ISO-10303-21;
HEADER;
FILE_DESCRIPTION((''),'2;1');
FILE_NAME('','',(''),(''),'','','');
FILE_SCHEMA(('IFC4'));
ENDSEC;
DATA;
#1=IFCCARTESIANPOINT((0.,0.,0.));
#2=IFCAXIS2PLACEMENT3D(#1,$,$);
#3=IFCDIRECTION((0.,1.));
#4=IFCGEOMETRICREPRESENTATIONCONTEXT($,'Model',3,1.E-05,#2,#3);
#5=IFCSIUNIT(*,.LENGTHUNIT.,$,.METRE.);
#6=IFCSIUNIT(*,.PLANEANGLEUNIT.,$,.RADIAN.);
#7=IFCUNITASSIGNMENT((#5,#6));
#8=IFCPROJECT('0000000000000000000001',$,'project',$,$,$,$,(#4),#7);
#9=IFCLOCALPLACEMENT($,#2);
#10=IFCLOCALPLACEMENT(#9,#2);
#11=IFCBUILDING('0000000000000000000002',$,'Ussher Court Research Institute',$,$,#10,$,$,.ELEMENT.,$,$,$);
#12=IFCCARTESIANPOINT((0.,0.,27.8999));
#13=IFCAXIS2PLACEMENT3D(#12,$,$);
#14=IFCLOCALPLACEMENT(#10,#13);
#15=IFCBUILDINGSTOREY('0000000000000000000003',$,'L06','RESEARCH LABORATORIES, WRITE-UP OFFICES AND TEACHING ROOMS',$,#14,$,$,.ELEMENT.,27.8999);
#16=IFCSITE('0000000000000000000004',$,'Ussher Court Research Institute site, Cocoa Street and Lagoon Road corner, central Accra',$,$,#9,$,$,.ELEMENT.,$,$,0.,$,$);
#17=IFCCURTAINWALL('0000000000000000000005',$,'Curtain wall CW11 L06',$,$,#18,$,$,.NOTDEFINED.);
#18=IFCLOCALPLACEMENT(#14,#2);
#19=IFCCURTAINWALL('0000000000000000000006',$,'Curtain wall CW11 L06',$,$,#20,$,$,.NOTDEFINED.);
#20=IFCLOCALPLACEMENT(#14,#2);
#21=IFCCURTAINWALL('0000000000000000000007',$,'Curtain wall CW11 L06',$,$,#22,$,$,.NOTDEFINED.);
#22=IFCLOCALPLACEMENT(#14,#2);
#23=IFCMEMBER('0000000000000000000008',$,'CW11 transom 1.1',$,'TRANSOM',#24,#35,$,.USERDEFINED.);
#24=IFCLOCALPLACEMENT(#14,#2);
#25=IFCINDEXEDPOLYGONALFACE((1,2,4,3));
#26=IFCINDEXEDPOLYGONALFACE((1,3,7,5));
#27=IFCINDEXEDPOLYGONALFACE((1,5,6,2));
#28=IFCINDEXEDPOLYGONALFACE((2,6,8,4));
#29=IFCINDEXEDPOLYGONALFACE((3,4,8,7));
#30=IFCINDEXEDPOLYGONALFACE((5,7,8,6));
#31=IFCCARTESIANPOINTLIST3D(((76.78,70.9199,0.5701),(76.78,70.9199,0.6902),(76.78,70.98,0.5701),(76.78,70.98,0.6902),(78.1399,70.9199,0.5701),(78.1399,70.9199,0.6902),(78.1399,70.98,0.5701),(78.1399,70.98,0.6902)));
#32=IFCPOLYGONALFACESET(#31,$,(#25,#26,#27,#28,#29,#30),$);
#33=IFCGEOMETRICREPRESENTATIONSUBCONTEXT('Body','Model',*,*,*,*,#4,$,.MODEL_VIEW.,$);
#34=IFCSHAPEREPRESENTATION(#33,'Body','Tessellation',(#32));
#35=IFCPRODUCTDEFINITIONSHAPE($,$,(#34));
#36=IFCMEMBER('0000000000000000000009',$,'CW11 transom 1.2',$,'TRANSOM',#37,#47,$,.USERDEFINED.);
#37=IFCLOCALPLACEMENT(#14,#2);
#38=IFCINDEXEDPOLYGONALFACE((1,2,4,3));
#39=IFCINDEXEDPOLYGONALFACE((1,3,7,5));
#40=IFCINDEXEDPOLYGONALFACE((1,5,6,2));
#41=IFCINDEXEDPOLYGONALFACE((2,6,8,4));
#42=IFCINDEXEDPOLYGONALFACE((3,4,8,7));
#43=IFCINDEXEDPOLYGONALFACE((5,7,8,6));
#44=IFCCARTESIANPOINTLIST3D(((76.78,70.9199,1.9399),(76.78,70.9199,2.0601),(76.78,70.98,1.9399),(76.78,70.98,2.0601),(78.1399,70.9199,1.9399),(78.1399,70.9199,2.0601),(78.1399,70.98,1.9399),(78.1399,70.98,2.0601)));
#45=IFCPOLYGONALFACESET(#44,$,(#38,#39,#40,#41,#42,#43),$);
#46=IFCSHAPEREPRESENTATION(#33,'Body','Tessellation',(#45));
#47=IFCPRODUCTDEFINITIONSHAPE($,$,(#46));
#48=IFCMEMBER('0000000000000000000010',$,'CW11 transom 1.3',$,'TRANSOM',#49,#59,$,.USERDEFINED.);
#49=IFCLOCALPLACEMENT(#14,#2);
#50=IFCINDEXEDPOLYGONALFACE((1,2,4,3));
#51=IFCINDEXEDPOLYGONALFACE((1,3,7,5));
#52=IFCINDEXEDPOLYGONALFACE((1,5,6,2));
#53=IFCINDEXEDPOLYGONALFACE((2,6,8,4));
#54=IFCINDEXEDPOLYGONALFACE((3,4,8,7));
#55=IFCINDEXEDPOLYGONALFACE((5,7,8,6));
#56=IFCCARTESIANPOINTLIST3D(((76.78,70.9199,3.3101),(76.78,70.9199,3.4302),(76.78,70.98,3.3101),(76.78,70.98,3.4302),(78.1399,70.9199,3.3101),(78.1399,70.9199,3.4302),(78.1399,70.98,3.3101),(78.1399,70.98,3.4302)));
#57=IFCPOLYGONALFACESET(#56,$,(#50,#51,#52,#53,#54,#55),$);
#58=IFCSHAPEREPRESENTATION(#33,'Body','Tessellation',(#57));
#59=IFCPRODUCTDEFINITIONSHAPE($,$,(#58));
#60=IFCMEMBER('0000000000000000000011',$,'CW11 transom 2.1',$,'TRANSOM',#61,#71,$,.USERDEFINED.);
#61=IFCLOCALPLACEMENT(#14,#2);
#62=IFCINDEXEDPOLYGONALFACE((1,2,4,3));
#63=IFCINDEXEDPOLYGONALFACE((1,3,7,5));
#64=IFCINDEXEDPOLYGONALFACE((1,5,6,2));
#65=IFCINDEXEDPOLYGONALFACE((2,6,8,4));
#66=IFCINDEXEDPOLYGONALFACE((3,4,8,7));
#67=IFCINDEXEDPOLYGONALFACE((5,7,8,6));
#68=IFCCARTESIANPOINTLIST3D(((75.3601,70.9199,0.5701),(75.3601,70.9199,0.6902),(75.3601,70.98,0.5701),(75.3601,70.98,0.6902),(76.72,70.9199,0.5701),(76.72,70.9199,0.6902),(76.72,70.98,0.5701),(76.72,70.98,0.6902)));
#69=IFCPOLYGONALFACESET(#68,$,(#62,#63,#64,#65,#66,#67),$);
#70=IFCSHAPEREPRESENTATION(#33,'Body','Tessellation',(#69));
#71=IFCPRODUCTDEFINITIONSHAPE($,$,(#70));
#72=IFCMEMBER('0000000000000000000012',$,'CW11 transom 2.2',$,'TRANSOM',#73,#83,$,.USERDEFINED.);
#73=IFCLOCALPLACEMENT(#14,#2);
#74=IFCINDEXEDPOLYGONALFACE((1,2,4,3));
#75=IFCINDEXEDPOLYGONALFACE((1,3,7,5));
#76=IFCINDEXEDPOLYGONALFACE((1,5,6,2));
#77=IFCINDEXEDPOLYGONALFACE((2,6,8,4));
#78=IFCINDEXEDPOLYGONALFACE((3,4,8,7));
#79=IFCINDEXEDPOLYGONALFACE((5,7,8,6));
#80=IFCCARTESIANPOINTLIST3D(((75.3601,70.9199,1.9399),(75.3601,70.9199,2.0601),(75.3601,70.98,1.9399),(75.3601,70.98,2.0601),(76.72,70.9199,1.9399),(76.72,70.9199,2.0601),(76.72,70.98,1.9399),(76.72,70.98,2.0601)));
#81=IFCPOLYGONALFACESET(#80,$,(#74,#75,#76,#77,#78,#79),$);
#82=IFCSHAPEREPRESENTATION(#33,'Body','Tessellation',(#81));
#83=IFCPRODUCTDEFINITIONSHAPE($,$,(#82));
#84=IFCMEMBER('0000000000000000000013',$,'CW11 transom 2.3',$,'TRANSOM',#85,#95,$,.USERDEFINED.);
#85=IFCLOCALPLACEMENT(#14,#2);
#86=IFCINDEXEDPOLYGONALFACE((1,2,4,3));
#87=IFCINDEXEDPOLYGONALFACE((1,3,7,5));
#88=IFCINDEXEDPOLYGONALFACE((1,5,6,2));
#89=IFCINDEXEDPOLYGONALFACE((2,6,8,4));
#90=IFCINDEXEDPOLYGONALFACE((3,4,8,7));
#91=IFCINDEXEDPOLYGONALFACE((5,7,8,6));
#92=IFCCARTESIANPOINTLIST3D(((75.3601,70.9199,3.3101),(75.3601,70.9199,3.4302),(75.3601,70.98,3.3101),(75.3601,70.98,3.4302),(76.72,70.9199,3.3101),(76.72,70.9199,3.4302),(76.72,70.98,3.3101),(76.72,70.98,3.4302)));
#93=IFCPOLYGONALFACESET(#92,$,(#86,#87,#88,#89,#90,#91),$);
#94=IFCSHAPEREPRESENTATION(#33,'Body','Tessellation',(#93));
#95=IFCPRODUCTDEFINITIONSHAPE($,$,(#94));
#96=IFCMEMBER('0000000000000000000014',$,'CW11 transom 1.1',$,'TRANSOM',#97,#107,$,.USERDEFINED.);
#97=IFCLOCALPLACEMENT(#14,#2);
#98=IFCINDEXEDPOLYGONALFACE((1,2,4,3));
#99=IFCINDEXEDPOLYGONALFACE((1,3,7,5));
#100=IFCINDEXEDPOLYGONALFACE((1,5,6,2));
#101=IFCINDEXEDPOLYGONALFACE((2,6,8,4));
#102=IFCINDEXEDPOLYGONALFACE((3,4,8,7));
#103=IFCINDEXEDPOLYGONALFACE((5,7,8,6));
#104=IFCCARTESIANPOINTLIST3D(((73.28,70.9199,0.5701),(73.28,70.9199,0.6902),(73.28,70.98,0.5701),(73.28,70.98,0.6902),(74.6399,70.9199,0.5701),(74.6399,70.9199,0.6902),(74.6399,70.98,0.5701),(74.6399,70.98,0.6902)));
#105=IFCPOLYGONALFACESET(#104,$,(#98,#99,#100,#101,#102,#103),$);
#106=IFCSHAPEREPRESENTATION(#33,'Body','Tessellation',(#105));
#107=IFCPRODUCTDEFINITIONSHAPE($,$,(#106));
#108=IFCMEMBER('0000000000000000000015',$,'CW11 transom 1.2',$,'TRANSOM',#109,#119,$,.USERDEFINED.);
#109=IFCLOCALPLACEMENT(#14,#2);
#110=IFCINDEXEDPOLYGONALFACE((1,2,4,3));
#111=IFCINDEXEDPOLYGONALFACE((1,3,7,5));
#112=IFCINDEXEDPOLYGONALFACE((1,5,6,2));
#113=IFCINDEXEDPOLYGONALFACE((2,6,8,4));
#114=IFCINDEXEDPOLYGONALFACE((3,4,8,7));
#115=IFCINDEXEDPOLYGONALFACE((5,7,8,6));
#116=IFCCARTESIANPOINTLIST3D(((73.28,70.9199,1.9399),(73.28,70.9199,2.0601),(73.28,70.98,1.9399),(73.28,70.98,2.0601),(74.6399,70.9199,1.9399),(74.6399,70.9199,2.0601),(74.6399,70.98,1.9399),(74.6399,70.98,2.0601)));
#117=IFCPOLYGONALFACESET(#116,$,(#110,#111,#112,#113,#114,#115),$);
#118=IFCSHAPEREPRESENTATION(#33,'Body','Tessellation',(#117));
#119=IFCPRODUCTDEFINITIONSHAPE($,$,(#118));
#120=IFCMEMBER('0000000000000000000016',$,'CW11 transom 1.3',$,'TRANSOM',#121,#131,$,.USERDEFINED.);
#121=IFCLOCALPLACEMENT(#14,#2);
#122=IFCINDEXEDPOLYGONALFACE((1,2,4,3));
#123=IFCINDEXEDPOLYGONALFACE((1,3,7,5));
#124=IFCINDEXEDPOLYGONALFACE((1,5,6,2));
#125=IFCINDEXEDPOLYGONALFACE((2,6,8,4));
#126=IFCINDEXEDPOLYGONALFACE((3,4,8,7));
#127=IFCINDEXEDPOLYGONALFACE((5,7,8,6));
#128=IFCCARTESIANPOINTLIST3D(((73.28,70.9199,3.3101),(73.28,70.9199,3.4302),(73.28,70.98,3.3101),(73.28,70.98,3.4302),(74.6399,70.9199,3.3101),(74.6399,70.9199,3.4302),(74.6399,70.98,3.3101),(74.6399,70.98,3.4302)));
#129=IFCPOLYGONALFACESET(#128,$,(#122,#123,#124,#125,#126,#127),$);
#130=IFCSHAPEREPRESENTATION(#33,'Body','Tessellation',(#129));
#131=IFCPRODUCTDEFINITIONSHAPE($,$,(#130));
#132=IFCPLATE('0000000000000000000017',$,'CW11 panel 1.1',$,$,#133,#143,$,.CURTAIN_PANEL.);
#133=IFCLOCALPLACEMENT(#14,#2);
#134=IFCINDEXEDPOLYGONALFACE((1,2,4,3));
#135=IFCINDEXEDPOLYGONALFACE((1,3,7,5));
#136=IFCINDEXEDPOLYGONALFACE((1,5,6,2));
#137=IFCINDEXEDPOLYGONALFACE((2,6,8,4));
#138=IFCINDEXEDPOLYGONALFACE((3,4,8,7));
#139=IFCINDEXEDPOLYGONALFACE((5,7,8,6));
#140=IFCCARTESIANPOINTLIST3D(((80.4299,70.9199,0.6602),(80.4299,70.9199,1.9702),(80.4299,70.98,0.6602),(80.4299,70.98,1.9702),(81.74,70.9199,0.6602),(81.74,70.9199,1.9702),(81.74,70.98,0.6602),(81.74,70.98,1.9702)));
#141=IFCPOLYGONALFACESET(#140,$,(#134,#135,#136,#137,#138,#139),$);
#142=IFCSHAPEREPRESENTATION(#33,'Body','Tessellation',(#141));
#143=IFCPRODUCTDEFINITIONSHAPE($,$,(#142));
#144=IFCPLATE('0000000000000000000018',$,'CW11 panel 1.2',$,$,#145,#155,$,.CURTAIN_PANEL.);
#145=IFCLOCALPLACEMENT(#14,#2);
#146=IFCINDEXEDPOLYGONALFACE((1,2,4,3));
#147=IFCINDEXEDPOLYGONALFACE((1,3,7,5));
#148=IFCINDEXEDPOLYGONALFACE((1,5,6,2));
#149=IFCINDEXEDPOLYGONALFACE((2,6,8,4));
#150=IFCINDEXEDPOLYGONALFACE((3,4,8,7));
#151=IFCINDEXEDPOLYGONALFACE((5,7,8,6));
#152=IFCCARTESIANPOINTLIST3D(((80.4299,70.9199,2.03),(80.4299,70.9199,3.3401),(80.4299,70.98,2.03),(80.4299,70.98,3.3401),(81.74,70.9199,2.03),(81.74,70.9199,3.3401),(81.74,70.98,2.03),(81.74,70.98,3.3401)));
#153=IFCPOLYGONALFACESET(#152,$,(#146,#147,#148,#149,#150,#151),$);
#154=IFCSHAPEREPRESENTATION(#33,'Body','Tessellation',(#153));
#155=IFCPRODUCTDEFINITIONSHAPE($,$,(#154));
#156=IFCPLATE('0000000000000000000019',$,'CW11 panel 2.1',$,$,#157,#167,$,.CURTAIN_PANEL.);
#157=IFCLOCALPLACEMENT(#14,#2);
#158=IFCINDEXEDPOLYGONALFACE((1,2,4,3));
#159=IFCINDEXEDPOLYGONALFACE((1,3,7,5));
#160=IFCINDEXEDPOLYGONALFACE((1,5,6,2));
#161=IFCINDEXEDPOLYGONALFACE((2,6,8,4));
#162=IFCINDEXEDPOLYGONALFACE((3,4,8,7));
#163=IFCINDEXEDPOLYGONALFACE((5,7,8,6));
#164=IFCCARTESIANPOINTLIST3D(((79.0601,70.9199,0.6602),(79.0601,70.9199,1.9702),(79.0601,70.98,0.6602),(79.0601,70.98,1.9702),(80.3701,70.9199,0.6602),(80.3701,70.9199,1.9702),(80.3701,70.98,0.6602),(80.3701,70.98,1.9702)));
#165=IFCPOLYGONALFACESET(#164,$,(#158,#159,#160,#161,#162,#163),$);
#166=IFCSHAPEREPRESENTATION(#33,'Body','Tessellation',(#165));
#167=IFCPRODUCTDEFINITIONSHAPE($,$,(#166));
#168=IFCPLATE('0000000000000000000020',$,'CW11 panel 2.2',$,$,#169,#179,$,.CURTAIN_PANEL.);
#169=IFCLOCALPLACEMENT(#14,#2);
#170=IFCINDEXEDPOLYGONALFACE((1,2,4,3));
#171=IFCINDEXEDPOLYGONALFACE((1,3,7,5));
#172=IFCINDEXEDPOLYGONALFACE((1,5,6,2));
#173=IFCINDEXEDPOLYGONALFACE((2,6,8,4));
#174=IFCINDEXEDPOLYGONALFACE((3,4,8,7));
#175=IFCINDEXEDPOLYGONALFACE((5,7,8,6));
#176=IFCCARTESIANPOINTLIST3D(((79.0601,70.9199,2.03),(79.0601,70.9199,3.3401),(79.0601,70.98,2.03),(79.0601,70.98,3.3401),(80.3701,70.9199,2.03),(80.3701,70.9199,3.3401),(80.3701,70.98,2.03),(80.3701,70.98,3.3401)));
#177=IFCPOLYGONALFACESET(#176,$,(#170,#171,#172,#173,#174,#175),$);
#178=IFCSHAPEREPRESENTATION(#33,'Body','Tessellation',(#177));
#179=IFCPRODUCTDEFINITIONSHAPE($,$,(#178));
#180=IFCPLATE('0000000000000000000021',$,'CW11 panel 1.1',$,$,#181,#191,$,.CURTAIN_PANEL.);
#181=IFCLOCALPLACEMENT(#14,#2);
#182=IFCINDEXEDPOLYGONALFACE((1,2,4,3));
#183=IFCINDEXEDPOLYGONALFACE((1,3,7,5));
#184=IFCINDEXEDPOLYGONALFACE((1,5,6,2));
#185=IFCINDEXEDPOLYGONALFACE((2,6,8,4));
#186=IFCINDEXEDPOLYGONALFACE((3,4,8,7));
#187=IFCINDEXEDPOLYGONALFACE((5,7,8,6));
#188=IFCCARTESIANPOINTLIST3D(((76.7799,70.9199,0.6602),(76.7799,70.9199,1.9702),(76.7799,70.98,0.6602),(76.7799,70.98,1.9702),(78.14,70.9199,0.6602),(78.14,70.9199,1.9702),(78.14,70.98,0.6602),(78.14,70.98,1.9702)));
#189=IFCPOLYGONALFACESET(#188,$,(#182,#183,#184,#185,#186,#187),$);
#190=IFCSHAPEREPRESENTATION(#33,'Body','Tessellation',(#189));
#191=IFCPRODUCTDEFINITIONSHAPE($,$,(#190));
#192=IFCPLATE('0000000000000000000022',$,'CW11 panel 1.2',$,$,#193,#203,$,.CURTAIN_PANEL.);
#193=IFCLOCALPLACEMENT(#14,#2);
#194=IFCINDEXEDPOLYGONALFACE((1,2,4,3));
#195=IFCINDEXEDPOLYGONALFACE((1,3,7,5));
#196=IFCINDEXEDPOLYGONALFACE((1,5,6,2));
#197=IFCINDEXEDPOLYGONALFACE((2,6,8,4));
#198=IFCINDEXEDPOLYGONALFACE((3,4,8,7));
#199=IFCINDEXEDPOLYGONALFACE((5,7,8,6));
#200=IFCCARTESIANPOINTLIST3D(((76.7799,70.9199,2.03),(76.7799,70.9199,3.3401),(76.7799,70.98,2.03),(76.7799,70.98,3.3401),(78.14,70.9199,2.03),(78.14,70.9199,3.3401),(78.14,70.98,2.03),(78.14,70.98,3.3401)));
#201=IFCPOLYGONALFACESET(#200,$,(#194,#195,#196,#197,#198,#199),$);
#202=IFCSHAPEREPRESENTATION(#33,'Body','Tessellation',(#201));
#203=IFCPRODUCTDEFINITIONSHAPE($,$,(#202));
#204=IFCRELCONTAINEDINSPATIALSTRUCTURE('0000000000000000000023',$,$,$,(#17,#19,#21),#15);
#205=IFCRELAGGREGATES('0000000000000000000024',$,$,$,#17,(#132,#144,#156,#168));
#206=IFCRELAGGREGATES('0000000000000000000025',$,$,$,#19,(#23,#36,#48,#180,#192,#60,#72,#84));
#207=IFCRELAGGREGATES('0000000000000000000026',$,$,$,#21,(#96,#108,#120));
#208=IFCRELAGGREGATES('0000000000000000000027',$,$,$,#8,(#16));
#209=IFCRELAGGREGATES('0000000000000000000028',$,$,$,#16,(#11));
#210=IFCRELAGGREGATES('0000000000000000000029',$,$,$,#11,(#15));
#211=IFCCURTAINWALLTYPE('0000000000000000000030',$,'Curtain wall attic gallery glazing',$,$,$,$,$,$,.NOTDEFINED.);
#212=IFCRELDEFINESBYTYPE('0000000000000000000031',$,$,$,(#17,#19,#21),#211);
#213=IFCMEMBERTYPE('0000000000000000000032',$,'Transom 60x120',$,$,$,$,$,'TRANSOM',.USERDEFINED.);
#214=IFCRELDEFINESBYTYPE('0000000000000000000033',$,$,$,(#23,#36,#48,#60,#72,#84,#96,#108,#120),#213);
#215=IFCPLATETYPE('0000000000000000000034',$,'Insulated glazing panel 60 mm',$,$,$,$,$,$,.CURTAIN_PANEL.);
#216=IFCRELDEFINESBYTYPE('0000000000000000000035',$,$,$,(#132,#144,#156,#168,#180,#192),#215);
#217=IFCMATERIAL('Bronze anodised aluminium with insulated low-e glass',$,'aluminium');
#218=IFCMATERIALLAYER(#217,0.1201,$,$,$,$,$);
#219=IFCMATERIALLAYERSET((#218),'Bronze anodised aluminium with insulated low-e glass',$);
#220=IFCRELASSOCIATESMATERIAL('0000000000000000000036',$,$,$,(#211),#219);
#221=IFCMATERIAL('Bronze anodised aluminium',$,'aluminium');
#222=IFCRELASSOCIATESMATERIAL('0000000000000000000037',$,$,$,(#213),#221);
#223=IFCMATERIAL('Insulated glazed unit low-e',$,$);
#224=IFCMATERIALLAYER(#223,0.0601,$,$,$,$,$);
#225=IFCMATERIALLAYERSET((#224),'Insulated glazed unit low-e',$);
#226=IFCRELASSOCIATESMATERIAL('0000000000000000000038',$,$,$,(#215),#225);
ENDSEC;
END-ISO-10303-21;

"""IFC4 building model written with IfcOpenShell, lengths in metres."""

from ifc_helpers import new_model, si_unit, direction, frame, origin, origin_2d, place, context, subcontext, project, spatial, rectangle, extrude, material, layer, layer_set, material_profile, profile_set, type_object, element, aggregate, save


model = new_model("IFC4")

# Units and contexts
model_context = context("Model", 3, precision=1e-05, world=origin(), true_north=direction((0.0, 1.0)))
body_context = subcontext(model_context, "Body", "Model", "MODEL_VIEW")
ifc_project = project(units=[si_unit("LENGTHUNIT", "METRE"), si_unit("PLANEANGLEUNIT", "RADIAN")], contexts=[model_context])

# Site, building, storey
site_placement = place(None, origin())
site = spatial("IfcSite", under=ifc_project, at=site_placement, Name="Ussher Court Research Institute site, Cocoa Street and Lagoon Road corner, central Accra", CompositionType="ELEMENT", RefElevation=0.0)
building_placement = place(site_placement, origin())
building = spatial("IfcBuilding", under=site, at=building_placement, Name="Ussher Court Research Institute", CompositionType="ELEMENT")
storey_placement = place(building_placement, frame((0.0, 0.0, 27.8999)))
storey = spatial("IfcBuildingStorey", under=building, at=storey_placement, Name="L06", Description="RESEARCH LABORATORIES, WRITE-UP OFFICES AND TEACHING ROOMS", CompositionType="ELEMENT", Elevation=27.8999)

# Curtain walls
ifc_material_1 = material(Name="Bronze anodised aluminium with insulated low-e glass", Category="aluminium")
ifc_layer_1 = layer(ifc_material_1, 0.1201)
ifc_layer_set_1 = layer_set([ifc_layer_1], Name="Bronze anodised aluminium with insulated low-e glass")
curtain_wall_type = type_object("IfcCurtainWallType", Name="Curtain wall attic gallery glazing", PredefinedType="NOTDEFINED", material=ifc_layer_set_1)
curtain_wall_1_placement = place(storey_placement, origin())
curtain_wall_1 = element("IfcCurtainWall", 1, at=curtain_wall_1_placement, inside=storey, type_object=curtain_wall_type, Name="Curtain wall CW11 L06", PredefinedType="NOTDEFINED")
curtain_wall_2_placement = place(storey_placement, origin())
curtain_wall_2 = element("IfcCurtainWall", 2, at=curtain_wall_2_placement, inside=storey, type_object=curtain_wall_type, Name="Curtain wall CW11 L06", PredefinedType="NOTDEFINED")

# Curtain wall
curtain_wall_3_placement = place(storey_placement, origin())
curtain_wall_3 = element("IfcCurtainWall", 3, at=curtain_wall_3_placement, inside=storey, type_object=curtain_wall_type, Name="Curtain wall CW11 L06", PredefinedType="NOTDEFINED")

# Members
ifc_material_2 = material(Name="Bronze anodised aluminium", Category="aluminium")
ifc_material_profile_1 = material_profile(ifc_material_2, rectangle(XDim=0.0601, YDim=0.1201, at=origin_2d()), Name="Transom 60x120")
ifc_profile_set_1 = profile_set([ifc_material_profile_1], Name="Bronze anodised aluminium")
member_type_1 = type_object("IfcMemberType", Name="Transom 60x120", ElementType="TRANSOM", PredefinedType="USERDEFINED", material=ifc_profile_set_1)
member_1_placement = place(storey_placement, frame((78.1399, 70.95, 0.6301), z_axis=(-1.0, 0.0, 0.0), x_axis=(0.0, -1.0, 0.0)))
member_1 = element("IfcMember", 4, at=member_1_placement, type_object=member_type_1, Name="CW11 transom 1.1", ObjectType="TRANSOM", PredefinedType="USERDEFINED", context=body_context, shape_type="SweptSolid", body=[
    extrude(rectangle(XDim=0.0601, YDim=0.1201, at=origin_2d()), origin(), (0.0, 0.0, 1.0), 1.3599),
])
member_2_placement = place(storey_placement, frame((78.1399, 70.95, 2.0), z_axis=(-1.0, 0.0, 0.0), x_axis=(0.0, -1.0, 0.0)))
member_2 = element("IfcMember", 5, at=member_2_placement, type_object=member_type_1, Name="CW11 transom 1.2", ObjectType="TRANSOM", PredefinedType="USERDEFINED", context=body_context, shape_type="SweptSolid", body=[
    extrude(rectangle(XDim=0.0601, YDim=0.1201, at=origin_2d()), origin(), (0.0, 0.0, 1.0), 1.3599),
])
member_3_placement = place(storey_placement, frame((78.1399, 70.95, 3.3701), z_axis=(-1.0, 0.0, 0.0), x_axis=(0.0, -1.0, 0.0)))
member_3 = element("IfcMember", 6, at=member_3_placement, type_object=member_type_1, Name="CW11 transom 1.3", ObjectType="TRANSOM", PredefinedType="USERDEFINED", context=body_context, shape_type="SweptSolid", body=[
    extrude(rectangle(XDim=0.0601, YDim=0.1201, at=origin_2d()), origin(), (0.0, 0.0, 1.0), 1.3599),
])
member_4_placement = place(storey_placement, frame((76.72, 70.95, 0.6301), z_axis=(-1.0, 0.0, 0.0), x_axis=(0.0, -1.0, 0.0)))
member_4 = element("IfcMember", 7, at=member_4_placement, type_object=member_type_1, Name="CW11 transom 2.1", ObjectType="TRANSOM", PredefinedType="USERDEFINED", context=body_context, shape_type="SweptSolid", body=[
    extrude(rectangle(XDim=0.0601, YDim=0.1201, at=origin_2d()), origin(), (0.0, 0.0, 1.0), 1.3599),
])
member_5_placement = place(storey_placement, frame((76.72, 70.95, 2.0), z_axis=(-1.0, 0.0, 0.0), x_axis=(0.0, -1.0, 0.0)))
member_5 = element("IfcMember", 8, at=member_5_placement, type_object=member_type_1, Name="CW11 transom 2.2", ObjectType="TRANSOM", PredefinedType="USERDEFINED", context=body_context, shape_type="SweptSolid", body=[
    extrude(rectangle(XDim=0.0601, YDim=0.1201, at=origin_2d()), origin(), (0.0, 0.0, 1.0), 1.3599),
])
member_6_placement = place(storey_placement, frame((76.72, 70.95, 3.3701), z_axis=(-1.0, 0.0, 0.0), x_axis=(0.0, -1.0, 0.0)))
member_6 = element("IfcMember", 9, at=member_6_placement, type_object=member_type_1, Name="CW11 transom 2.3", ObjectType="TRANSOM", PredefinedType="USERDEFINED", context=body_context, shape_type="SweptSolid", body=[
    extrude(rectangle(XDim=0.0601, YDim=0.1201, at=origin_2d()), origin(), (0.0, 0.0, 1.0), 1.3599),
])
member_7_placement = place(storey_placement, frame((74.6399, 70.95, 0.6301), z_axis=(-1.0, 0.0, 0.0), x_axis=(0.0, -1.0, 0.0)))
member_7 = element("IfcMember", 10, at=member_7_placement, type_object=member_type_1, Name="CW11 transom 1.1", ObjectType="TRANSOM", PredefinedType="USERDEFINED", context=body_context, shape_type="SweptSolid", body=[
    extrude(rectangle(XDim=0.0601, YDim=0.1201, at=origin_2d()), origin(), (0.0, 0.0, 1.0), 1.3599),
])
member_8_placement = place(storey_placement, frame((74.6399, 70.95, 2.0), z_axis=(-1.0, 0.0, 0.0), x_axis=(0.0, -1.0, 0.0)))
member_8 = element("IfcMember", 11, at=member_8_placement, type_object=member_type_1, Name="CW11 transom 1.2", ObjectType="TRANSOM", PredefinedType="USERDEFINED", context=body_context, shape_type="SweptSolid", body=[
    extrude(rectangle(XDim=0.0601, YDim=0.1201, at=origin_2d()), origin(), (0.0, 0.0, 1.0), 1.3599),
])
member_9_placement = place(storey_placement, frame((74.6399, 70.95, 3.3701), z_axis=(-1.0, 0.0, 0.0), x_axis=(0.0, -1.0, 0.0)))
member_9 = element("IfcMember", 12, at=member_9_placement, type_object=member_type_1, Name="CW11 transom 1.3", ObjectType="TRANSOM", PredefinedType="USERDEFINED", context=body_context, shape_type="SweptSolid", body=[
    extrude(rectangle(XDim=0.0601, YDim=0.1201, at=origin_2d()), origin(), (0.0, 0.0, 1.0), 1.3599),
])

# Plates
ifc_material_3 = material(Name="Insulated glazed unit low-e")
ifc_layer_2 = layer(ifc_material_3, 0.0601)
ifc_layer_set_2 = layer_set([ifc_layer_2], Name="Insulated glazed unit low-e")
plate_type = type_object("IfcPlateType", Name="Insulated glazing panel 60 mm", PredefinedType="CURTAIN_PANEL", material=ifc_layer_set_2)
plate_1_placement = place(storey_placement, frame((81.085, 70.95, 0.6602), z_axis=(0.0, 0.0, 1.0), x_axis=(-1.0, 0.0, 0.0)))
plate_1 = element("IfcPlate", 13, at=plate_1_placement, type_object=plate_type, Name="CW11 panel 1.1", PredefinedType="CURTAIN_PANEL", context=body_context, shape_type="SweptSolid", body=[
    extrude(rectangle(XDim=1.3101, YDim=0.0601, at=origin_2d()), origin(), (0.0, 0.0, 1.0), 1.3101),
])
plate_2_placement = place(storey_placement, frame((81.085, 70.95, 2.03), z_axis=(0.0, 0.0, 1.0), x_axis=(-1.0, 0.0, 0.0)))
plate_2 = element("IfcPlate", 14, at=plate_2_placement, type_object=plate_type, Name="CW11 panel 1.2", PredefinedType="CURTAIN_PANEL", context=body_context, shape_type="SweptSolid", body=[
    extrude(rectangle(XDim=1.3101, YDim=0.0601, at=origin_2d()), origin(), (0.0, 0.0, 1.0), 1.3101),
])
plate_3_placement = place(storey_placement, frame((79.7151, 70.95, 0.6602), z_axis=(0.0, 0.0, 1.0), x_axis=(-1.0, 0.0, 0.0)))
plate_3 = element("IfcPlate", 15, at=plate_3_placement, type_object=plate_type, Name="CW11 panel 2.1", PredefinedType="CURTAIN_PANEL", context=body_context, shape_type="SweptSolid", body=[
    extrude(rectangle(XDim=1.3101, YDim=0.0601, at=origin_2d()), origin(), (0.0, 0.0, 1.0), 1.3101),
])
plate_4_placement = place(storey_placement, frame((79.7151, 70.95, 2.03), z_axis=(0.0, 0.0, 1.0), x_axis=(-1.0, 0.0, 0.0)))
plate_4 = element("IfcPlate", 16, at=plate_4_placement, type_object=plate_type, Name="CW11 panel 2.2", PredefinedType="CURTAIN_PANEL", context=body_context, shape_type="SweptSolid", body=[
    extrude(rectangle(XDim=1.3101, YDim=0.0601, at=origin_2d()), origin(), (0.0, 0.0, 1.0), 1.3101),
])
aggregate(curtain_wall_1, [plate_1, plate_2, plate_3, plate_4])
plate_5_placement = place(storey_placement, frame((77.46, 70.95, 0.6602), z_axis=(0.0, 0.0, 1.0), x_axis=(-1.0, 0.0, 0.0)))
plate_5 = element("IfcPlate", 17, at=plate_5_placement, type_object=plate_type, Name="CW11 panel 1.1", PredefinedType="CURTAIN_PANEL", context=body_context, shape_type="SweptSolid", body=[
    extrude(rectangle(XDim=1.3601, YDim=0.0601, at=origin_2d()), origin(), (0.0, 0.0, 1.0), 1.3101),
])
plate_6_placement = place(storey_placement, frame((77.46, 70.95, 2.03), z_axis=(0.0, 0.0, 1.0), x_axis=(-1.0, 0.0, 0.0)))
plate_6 = element("IfcPlate", 18, at=plate_6_placement, type_object=plate_type, Name="CW11 panel 1.2", PredefinedType="CURTAIN_PANEL", context=body_context, shape_type="SweptSolid", body=[
    extrude(rectangle(XDim=1.3601, YDim=0.0601, at=origin_2d()), origin(), (0.0, 0.0, 1.0), 1.3101),
])
aggregate(curtain_wall_2, [member_1, member_2, member_3, plate_5, plate_6, member_4, member_5, member_6])
aggregate(curtain_wall_3, [member_7, member_8, member_9])

save(model, "model.ifc")
